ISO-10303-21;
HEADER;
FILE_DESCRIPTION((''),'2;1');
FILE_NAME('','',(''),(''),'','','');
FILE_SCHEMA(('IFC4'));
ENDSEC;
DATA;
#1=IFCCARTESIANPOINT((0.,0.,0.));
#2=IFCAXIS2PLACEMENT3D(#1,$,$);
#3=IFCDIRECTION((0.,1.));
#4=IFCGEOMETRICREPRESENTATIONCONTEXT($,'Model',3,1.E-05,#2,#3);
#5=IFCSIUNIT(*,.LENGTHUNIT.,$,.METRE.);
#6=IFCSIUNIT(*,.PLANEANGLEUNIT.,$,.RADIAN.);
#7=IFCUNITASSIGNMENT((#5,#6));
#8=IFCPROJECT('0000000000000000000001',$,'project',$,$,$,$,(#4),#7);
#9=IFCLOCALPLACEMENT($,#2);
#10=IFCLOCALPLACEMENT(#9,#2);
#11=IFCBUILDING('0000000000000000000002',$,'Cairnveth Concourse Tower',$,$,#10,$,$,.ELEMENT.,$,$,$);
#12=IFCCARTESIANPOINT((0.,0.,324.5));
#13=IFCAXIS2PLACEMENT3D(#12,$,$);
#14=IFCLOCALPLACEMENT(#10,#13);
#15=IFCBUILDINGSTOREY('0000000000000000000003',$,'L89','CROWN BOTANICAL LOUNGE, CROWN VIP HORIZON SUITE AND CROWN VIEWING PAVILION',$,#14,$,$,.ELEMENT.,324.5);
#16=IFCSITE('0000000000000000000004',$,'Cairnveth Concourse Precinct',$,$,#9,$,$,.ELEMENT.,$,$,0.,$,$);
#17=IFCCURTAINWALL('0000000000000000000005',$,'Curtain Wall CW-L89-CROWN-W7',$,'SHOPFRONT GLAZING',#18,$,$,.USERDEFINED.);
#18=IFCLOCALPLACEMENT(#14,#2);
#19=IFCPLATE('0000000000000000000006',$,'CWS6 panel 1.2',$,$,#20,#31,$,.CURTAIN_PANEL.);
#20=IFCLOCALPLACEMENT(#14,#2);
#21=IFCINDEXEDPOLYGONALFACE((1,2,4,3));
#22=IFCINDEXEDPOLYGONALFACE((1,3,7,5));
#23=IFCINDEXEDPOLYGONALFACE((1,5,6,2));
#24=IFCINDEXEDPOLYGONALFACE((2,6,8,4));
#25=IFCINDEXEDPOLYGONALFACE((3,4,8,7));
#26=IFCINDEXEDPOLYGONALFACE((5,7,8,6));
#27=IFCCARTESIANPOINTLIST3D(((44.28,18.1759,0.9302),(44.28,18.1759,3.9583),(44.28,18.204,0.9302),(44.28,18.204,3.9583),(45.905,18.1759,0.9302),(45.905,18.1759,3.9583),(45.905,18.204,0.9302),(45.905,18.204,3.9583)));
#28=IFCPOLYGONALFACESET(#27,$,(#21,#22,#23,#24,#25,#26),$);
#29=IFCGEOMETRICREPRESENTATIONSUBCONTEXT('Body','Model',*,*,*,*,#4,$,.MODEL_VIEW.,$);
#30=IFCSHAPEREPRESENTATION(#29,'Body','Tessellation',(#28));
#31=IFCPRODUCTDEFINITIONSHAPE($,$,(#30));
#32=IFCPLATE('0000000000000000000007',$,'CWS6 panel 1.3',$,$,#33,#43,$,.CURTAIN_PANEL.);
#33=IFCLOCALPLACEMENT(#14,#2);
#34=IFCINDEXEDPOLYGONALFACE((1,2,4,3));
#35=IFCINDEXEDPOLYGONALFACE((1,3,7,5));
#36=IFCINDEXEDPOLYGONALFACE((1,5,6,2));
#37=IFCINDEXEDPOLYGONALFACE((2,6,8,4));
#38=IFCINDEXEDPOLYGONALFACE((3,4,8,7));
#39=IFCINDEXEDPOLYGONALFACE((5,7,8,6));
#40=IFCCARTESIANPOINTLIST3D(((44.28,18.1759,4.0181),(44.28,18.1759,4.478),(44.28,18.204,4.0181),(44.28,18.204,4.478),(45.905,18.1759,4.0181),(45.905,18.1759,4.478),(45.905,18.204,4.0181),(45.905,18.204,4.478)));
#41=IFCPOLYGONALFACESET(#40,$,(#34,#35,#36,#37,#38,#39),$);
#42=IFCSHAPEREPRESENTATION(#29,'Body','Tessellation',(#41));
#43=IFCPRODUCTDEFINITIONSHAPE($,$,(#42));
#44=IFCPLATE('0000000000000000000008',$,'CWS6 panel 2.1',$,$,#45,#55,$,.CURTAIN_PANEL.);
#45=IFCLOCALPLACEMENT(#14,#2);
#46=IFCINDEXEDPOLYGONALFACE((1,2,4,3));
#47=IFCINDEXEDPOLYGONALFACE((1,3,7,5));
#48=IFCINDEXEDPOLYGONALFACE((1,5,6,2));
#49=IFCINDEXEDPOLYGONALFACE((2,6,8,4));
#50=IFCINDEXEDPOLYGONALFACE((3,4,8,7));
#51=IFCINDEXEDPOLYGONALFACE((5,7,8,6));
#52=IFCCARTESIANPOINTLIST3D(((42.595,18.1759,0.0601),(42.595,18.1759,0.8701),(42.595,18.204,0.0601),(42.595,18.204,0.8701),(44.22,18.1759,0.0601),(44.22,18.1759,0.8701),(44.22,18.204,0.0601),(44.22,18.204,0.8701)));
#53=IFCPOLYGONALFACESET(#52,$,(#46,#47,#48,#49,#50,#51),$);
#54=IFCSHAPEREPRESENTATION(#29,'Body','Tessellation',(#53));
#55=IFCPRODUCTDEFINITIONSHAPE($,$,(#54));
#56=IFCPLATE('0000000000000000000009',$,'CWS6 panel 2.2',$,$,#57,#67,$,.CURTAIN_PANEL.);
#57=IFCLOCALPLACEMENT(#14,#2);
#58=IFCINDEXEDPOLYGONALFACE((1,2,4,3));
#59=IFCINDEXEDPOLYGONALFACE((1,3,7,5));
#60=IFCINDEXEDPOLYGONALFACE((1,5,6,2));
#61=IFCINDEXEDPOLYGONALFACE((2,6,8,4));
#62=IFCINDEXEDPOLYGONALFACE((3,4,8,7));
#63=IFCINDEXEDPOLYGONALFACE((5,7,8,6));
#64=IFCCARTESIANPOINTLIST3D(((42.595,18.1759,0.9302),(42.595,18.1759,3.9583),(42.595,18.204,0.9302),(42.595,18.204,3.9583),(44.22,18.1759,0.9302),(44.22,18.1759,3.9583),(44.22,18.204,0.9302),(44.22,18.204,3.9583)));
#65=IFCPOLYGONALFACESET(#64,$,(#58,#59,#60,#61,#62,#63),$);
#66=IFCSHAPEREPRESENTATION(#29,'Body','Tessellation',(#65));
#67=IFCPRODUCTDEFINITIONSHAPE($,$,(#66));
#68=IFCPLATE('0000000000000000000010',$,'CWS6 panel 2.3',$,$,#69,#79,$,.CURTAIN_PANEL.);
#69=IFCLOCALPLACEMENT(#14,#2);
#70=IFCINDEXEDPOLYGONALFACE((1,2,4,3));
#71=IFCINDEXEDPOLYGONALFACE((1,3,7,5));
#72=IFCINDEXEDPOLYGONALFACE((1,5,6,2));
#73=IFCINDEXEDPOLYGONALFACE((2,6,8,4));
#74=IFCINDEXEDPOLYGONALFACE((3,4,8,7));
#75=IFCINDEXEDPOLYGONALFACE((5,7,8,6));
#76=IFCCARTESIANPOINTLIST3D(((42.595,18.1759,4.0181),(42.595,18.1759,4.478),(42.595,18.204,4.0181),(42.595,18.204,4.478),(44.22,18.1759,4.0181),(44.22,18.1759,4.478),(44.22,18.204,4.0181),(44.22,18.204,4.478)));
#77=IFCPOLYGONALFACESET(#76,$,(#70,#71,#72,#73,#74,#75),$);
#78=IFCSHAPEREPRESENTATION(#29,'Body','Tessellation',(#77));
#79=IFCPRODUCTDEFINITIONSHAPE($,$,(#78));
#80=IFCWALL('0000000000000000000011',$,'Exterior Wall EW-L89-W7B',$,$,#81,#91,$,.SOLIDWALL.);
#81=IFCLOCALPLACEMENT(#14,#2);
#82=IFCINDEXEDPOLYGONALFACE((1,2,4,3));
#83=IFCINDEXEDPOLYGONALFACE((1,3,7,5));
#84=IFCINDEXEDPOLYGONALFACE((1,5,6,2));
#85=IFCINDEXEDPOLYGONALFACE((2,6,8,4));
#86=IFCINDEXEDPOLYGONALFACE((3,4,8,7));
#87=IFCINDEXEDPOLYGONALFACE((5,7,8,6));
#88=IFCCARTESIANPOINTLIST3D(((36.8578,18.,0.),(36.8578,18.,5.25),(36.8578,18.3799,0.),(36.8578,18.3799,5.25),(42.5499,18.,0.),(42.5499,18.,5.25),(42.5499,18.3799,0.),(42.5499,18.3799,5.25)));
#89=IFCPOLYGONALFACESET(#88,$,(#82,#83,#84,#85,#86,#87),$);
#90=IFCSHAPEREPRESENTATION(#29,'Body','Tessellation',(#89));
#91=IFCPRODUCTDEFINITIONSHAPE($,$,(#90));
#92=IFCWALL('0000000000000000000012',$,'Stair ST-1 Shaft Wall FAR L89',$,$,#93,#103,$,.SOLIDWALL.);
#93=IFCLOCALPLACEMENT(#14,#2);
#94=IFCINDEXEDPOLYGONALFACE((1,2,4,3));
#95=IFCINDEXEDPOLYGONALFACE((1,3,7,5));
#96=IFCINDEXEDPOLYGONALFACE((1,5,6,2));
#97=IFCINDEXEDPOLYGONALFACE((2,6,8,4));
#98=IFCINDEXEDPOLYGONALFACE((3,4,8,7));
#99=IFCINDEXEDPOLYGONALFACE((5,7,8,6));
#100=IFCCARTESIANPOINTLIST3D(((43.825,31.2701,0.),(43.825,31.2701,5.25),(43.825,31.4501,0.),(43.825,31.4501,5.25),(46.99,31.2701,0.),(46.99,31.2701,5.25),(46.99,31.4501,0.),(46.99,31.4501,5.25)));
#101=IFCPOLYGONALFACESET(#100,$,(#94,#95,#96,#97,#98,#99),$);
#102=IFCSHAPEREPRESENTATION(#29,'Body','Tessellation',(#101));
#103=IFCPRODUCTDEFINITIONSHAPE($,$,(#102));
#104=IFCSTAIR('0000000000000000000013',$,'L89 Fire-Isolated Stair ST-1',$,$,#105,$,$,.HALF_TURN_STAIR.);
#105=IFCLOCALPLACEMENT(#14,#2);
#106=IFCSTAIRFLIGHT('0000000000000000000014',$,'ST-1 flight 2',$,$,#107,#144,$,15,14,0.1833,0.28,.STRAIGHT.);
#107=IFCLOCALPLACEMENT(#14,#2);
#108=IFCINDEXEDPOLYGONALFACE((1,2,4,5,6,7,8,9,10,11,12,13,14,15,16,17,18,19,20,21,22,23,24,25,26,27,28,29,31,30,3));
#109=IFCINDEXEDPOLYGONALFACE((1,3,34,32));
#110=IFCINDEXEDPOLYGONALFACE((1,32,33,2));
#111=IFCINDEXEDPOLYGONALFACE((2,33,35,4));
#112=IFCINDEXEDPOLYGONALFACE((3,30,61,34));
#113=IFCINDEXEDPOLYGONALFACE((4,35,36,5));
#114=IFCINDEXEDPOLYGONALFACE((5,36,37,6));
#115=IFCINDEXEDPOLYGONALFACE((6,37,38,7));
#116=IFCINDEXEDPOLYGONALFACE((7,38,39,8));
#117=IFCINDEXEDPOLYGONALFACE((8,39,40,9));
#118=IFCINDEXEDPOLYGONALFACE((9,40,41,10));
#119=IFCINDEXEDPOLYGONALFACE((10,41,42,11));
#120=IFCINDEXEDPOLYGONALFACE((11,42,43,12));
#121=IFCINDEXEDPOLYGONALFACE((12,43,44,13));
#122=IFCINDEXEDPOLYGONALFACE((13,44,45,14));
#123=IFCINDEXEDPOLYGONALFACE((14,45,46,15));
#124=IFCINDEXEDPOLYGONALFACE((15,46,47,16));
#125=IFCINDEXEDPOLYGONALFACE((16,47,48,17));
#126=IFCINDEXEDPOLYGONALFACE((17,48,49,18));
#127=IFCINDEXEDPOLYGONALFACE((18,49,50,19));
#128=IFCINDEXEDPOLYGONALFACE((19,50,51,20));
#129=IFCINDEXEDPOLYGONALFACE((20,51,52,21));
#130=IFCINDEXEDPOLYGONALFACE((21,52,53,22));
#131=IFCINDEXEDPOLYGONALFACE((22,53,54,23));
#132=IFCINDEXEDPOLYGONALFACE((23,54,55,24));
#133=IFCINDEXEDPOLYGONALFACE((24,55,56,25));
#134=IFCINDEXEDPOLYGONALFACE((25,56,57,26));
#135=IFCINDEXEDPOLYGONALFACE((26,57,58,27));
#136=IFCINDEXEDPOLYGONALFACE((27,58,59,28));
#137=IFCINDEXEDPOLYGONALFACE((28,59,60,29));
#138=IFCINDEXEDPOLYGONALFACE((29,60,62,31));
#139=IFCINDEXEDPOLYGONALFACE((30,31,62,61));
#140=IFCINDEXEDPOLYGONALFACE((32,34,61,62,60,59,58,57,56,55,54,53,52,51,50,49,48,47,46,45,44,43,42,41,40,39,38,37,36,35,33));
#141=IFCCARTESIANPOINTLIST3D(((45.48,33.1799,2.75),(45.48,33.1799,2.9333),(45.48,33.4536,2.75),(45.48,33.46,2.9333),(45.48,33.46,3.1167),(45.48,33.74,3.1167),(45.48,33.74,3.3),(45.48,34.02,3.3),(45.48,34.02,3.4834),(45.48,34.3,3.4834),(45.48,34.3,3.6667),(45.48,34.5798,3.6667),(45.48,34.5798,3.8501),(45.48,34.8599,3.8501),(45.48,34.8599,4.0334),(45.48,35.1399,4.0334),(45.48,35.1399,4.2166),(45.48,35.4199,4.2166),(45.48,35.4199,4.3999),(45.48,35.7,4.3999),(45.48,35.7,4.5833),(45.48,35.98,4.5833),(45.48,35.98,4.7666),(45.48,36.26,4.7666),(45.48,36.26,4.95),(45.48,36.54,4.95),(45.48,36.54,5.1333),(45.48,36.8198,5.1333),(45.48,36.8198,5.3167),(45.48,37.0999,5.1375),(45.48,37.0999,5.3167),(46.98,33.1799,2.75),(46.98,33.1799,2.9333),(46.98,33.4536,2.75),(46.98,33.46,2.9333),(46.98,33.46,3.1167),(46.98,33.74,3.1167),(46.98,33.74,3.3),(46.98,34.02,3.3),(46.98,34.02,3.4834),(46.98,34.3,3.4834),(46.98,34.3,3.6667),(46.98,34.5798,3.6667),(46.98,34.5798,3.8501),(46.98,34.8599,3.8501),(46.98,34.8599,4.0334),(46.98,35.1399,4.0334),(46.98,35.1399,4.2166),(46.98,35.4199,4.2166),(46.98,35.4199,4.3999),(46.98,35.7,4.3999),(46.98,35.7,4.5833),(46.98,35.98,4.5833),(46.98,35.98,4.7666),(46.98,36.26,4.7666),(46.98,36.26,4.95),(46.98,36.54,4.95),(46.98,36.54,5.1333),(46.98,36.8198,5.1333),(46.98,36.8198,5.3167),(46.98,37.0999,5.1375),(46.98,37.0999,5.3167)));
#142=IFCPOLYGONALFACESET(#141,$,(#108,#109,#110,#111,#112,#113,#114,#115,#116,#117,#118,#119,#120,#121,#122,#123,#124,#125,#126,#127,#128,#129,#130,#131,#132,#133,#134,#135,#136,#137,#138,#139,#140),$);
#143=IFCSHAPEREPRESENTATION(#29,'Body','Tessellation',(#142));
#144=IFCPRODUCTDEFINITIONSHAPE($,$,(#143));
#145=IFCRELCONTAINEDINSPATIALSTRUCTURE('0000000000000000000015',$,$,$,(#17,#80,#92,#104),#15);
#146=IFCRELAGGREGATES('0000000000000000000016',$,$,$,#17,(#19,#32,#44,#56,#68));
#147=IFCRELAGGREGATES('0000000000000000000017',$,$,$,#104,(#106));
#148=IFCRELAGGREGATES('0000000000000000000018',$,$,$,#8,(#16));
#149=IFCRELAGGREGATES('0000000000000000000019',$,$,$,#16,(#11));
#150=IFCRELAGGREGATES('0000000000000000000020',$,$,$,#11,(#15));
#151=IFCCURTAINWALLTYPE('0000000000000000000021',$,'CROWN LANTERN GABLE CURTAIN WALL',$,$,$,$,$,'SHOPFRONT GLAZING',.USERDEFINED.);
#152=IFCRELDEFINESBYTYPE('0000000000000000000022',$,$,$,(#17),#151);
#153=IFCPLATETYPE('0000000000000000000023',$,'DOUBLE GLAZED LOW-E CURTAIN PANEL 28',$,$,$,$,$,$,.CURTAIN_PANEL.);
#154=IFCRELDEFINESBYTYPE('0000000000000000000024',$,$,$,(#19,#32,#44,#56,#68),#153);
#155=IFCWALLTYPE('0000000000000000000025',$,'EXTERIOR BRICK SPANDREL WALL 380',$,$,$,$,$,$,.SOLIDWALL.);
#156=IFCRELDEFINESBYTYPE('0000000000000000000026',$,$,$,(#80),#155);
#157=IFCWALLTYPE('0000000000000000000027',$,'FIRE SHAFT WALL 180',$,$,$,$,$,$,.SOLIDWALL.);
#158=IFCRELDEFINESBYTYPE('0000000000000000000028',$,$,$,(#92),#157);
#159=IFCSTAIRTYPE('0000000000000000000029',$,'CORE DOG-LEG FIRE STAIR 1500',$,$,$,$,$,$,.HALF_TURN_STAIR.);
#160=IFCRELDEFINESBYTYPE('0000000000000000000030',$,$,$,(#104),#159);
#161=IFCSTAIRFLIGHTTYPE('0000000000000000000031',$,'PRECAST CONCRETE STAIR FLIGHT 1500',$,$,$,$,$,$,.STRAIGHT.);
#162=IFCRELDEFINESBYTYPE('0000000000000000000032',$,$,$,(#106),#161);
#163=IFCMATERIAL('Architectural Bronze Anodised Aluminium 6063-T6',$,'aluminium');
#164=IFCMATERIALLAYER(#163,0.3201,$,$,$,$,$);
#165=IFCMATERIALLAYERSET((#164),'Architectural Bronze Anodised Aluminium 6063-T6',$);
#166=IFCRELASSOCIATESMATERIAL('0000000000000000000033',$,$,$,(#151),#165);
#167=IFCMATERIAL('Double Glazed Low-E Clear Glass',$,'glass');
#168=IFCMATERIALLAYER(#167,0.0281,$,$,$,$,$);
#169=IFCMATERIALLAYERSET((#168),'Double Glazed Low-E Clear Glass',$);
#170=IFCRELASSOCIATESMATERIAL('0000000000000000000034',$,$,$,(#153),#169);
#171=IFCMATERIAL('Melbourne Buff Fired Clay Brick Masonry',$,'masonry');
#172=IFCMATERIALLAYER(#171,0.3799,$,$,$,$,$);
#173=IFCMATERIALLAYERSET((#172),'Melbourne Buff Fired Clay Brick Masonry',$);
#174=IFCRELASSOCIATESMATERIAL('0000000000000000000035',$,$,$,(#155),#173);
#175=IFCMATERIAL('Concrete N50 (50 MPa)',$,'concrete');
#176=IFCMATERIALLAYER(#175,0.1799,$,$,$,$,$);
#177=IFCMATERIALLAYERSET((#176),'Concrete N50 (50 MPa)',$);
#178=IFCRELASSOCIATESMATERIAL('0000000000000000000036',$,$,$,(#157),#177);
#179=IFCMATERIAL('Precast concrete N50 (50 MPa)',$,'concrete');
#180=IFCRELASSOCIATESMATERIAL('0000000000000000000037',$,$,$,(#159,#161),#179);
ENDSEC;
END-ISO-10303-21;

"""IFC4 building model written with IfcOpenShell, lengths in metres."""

from ifc_helpers import new_model, si_unit, direction, frame, frame_2d, origin, origin_2d, place, context, subcontext, project, spatial, polyline, rectangle, outline, extrude, material, layer, layer_set, type_object, element, aggregate, save


model = new_model("IFC4")

# Units and contexts
model_context = context("Model", 3, precision=1e-05, world=origin(), true_north=direction((0.0, 1.0)))
body_context = subcontext(model_context, "Body", "Model", "MODEL_VIEW")
ifc_project = project(units=[si_unit("LENGTHUNIT", "METRE"), si_unit("PLANEANGLEUNIT", "RADIAN")], contexts=[model_context])

# Site, building, storey
site_placement = place(None, origin())
site = spatial("IfcSite", under=ifc_project, at=site_placement, Name="Cairnveth Concourse Precinct", CompositionType="ELEMENT", RefElevation=0.0)
building_placement = place(site_placement, origin())
building = spatial("IfcBuilding", under=site, at=building_placement, Name="Cairnveth Concourse Tower", CompositionType="ELEMENT")
storey_placement = place(building_placement, frame((0.0, 0.0, 324.5)))
storey = spatial("IfcBuildingStorey", under=building, at=storey_placement, Name="L89", Description="CROWN BOTANICAL LOUNGE, CROWN VIP HORIZON SUITE AND CROWN VIEWING PAVILION", CompositionType="ELEMENT", Elevation=324.5)

# Curtain wall
ifc_material_1 = material(Name="Architectural Bronze Anodised Aluminium 6063-T6", Category="aluminium")
ifc_layer_1 = layer(ifc_material_1, 0.3201)
ifc_layer_set_1 = layer_set([ifc_layer_1], Name="Architectural Bronze Anodised Aluminium 6063-T6")
curtain_wall_type = type_object("IfcCurtainWallType", Name="CROWN LANTERN GABLE CURTAIN WALL", ElementType="SHOPFRONT GLAZING", PredefinedType="USERDEFINED", material=ifc_layer_set_1)
curtain_wall_placement = place(storey_placement, origin())
curtain_wall = element("IfcCurtainWall", 1, at=curtain_wall_placement, inside=storey, type_object=curtain_wall_type, Name="Curtain Wall CW-L89-CROWN-W7", ObjectType="SHOPFRONT GLAZING", PredefinedType="USERDEFINED")

# Plates
ifc_material_2 = material(Name="Double Glazed Low-E Clear Glass", Category="glass")
ifc_layer_2 = layer(ifc_material_2, 0.0281)
ifc_layer_set_2 = layer_set([ifc_layer_2], Name="Double Glazed Low-E Clear Glass")
plate_type = type_object("IfcPlateType", Name="DOUBLE GLAZED LOW-E CURTAIN PANEL 28", PredefinedType="CURTAIN_PANEL", material=ifc_layer_set_2)
plate_1_placement = place(storey_placement, frame((45.0925, 18.1899, 0.9302), z_axis=(0.0, 0.0, 1.0), x_axis=(-1.0, 0.0, 0.0)))
plate_1 = element("IfcPlate", 2, at=plate_1_placement, type_object=plate_type, Name="CWS6 panel 1.2", PredefinedType="CURTAIN_PANEL", context=body_context, shape_type="SweptSolid", body=[
    extrude(rectangle(XDim=1.625, YDim=0.0281, at=origin_2d()), origin(), (0.0, 0.0, 1.0), 3.0281),
])
plate_2_placement = place(storey_placement, frame((45.0925, 18.1899, 4.0181), z_axis=(0.0, 0.0, 1.0), x_axis=(-1.0, 0.0, 0.0)))
plate_2 = element("IfcPlate", 3, at=plate_2_placement, type_object=plate_type, Name="CWS6 panel 1.3", PredefinedType="CURTAIN_PANEL", context=body_context, shape_type="SweptSolid", body=[
    extrude(rectangle(XDim=1.625, YDim=0.0281, at=origin_2d()), origin(), (0.0, 0.0, 1.0), 0.46),
])
plate_3_placement = place(storey_placement, frame((43.4075, 18.1899, 0.0601), z_axis=(0.0, 0.0, 1.0), x_axis=(-1.0, 0.0, 0.0)))
plate_3 = element("IfcPlate", 4, at=plate_3_placement, type_object=plate_type, Name="CWS6 panel 2.1", PredefinedType="CURTAIN_PANEL", context=body_context, shape_type="SweptSolid", body=[
    extrude(rectangle(XDim=1.625, YDim=0.0281, at=origin_2d()), origin(), (0.0, 0.0, 1.0), 0.8101),
])
plate_4_placement = place(storey_placement, frame((43.4075, 18.1899, 0.9302), z_axis=(0.0, 0.0, 1.0), x_axis=(-1.0, 0.0, 0.0)))
plate_4 = element("IfcPlate", 5, at=plate_4_placement, type_object=plate_type, Name="CWS6 panel 2.2", PredefinedType="CURTAIN_PANEL", context=body_context, shape_type="SweptSolid", body=[
    extrude(rectangle(XDim=1.625, YDim=0.0281, at=origin_2d()), origin(), (0.0, 0.0, 1.0), 3.0281),
])
plate_5_placement = place(storey_placement, frame((43.4075, 18.1899, 4.0181), z_axis=(0.0, 0.0, 1.0), x_axis=(-1.0, 0.0, 0.0)))
plate_5 = element("IfcPlate", 6, at=plate_5_placement, type_object=plate_type, Name="CWS6 panel 2.3", PredefinedType="CURTAIN_PANEL", context=body_context, shape_type="SweptSolid", body=[
    extrude(rectangle(XDim=1.625, YDim=0.0281, at=origin_2d()), origin(), (0.0, 0.0, 1.0), 0.46),
])
aggregate(curtain_wall, [plate_1, plate_2, plate_3, plate_4, plate_5])

# Walls
ifc_material_3 = material(Name="Melbourne Buff Fired Clay Brick Masonry", Category="masonry")
ifc_layer_3 = layer(ifc_material_3, 0.3799)
ifc_layer_set_3 = layer_set([ifc_layer_3], Name="Melbourne Buff Fired Clay Brick Masonry")
wall_type_1 = type_object("IfcWallType", Name="EXTERIOR BRICK SPANDREL WALL 380", PredefinedType="SOLIDWALL", material=ifc_layer_set_3)
wall_1_placement = place(storey_placement, frame((42.55, 18.1899, 0.0), z_axis=(0.0, 0.0, 1.0), x_axis=(-1.0, 0.0, 0.0)))
element("IfcWall", 7, at=wall_1_placement, inside=storey, type_object=wall_type_1, Name="Exterior Wall EW-L89-W7B", PredefinedType="SOLIDWALL", context=body_context, shape_type="SweptSolid", body=[
    extrude(rectangle(XDim=5.6921, YDim=0.3799, at=frame_2d((2.8462, 0.0))), origin(), (0.0, 0.0, 1.0), 5.25),
])
ifc_material_4 = material(Name="Concrete N50 (50 MPa)", Category="concrete")
ifc_layer_4 = layer(ifc_material_4, 0.1799)
ifc_layer_set_4 = layer_set([ifc_layer_4], Name="Concrete N50 (50 MPa)")
wall_type_2 = type_object("IfcWallType", Name="FIRE SHAFT WALL 180", PredefinedType="SOLIDWALL", material=ifc_layer_set_4)
wall_2_placement = place(storey_placement, frame((43.825, 31.3601, 0.0), z_axis=(0.0, 0.0, 1.0), x_axis=(1.0, 0.0, 0.0)))
element("IfcWall", 8, at=wall_2_placement, inside=storey, type_object=wall_type_2, Name="Stair ST-1 Shaft Wall FAR L89", PredefinedType="SOLIDWALL", context=body_context, shape_type="SweptSolid", body=[
    extrude(rectangle(XDim=3.165, YDim=0.1799, at=frame_2d((1.5825, 0.0))), origin(), (0.0, 0.0, 1.0), 5.25),
])

# Stair, stair flight
ifc_material_5 = material(Name="Precast concrete N50 (50 MPa)", Category="concrete")
stair_type = type_object("IfcStairType", Name="CORE DOG-LEG FIRE STAIR 1500", PredefinedType="HALF_TURN_STAIR", material=ifc_material_5)
stair_placement = place(storey_placement, origin())
stair = element("IfcStair", 9, at=stair_placement, inside=storey, type_object=stair_type, Name="L89 Fire-Isolated Stair ST-1", PredefinedType="HALF_TURN_STAIR")
stair_flight_type = type_object("IfcStairFlightType", Name="PRECAST CONCRETE STAIR FLIGHT 1500", PredefinedType="STRAIGHT", material=ifc_material_5)
stair_flight_placement = place(storey_placement, frame((46.23, 33.1799, 2.75), z_axis=(0.0, 0.0, 1.0), x_axis=(0.0, 1.0, 0.0)))
stair_flight = element("IfcStairFlight", 10, at=stair_flight_placement, type_object=stair_flight_type, Name="ST-1 flight 2", NumberOfRisers=15, NumberOfTreads=14, PredefinedType="STRAIGHT", RiserHeight=0.1833, TreadLength=0.28, context=body_context, shape_type="SweptSolid", body=[
    extrude(outline(polyline([(0.0, 0.0), (0.0, 0.1833), (0.28, 0.1833), (0.28, 0.3667), (0.5601, 0.3667), (0.5601, 0.55), (0.8401, 0.55), (0.8401, 0.7334), (1.1201, 0.7334), (1.1201, 0.9167), (1.3999, 0.9167), (1.3999, 1.1001), (1.6799, 1.1001), (1.6799, 1.2834), (1.96, 1.2834), (1.96, 1.4666), (2.24, 1.4666), (2.24, 1.6499), (2.52, 1.6499), (2.52, 1.8333), (2.8, 1.8333), (2.8, 2.0166), (3.0801, 2.0166), (3.0801, 2.2), (3.3601, 2.2), (3.3601, 2.3833), (3.6399, 2.3833), (3.6399, 2.5667), (3.9199, 2.5667), (3.9199, 2.75), (3.9199, 2.3875), (0.2737, 0.0), (0.0, 0.0)])), frame((0.0, 0.75, 0.0), z_axis=(0.0, -1.0, 0.0), x_axis=(1.0, 0.0, 0.0)), (0.0, 0.0, 1.0), 1.5),
])
aggregate(stair, [stair_flight])

save(model, "model.ifc")
